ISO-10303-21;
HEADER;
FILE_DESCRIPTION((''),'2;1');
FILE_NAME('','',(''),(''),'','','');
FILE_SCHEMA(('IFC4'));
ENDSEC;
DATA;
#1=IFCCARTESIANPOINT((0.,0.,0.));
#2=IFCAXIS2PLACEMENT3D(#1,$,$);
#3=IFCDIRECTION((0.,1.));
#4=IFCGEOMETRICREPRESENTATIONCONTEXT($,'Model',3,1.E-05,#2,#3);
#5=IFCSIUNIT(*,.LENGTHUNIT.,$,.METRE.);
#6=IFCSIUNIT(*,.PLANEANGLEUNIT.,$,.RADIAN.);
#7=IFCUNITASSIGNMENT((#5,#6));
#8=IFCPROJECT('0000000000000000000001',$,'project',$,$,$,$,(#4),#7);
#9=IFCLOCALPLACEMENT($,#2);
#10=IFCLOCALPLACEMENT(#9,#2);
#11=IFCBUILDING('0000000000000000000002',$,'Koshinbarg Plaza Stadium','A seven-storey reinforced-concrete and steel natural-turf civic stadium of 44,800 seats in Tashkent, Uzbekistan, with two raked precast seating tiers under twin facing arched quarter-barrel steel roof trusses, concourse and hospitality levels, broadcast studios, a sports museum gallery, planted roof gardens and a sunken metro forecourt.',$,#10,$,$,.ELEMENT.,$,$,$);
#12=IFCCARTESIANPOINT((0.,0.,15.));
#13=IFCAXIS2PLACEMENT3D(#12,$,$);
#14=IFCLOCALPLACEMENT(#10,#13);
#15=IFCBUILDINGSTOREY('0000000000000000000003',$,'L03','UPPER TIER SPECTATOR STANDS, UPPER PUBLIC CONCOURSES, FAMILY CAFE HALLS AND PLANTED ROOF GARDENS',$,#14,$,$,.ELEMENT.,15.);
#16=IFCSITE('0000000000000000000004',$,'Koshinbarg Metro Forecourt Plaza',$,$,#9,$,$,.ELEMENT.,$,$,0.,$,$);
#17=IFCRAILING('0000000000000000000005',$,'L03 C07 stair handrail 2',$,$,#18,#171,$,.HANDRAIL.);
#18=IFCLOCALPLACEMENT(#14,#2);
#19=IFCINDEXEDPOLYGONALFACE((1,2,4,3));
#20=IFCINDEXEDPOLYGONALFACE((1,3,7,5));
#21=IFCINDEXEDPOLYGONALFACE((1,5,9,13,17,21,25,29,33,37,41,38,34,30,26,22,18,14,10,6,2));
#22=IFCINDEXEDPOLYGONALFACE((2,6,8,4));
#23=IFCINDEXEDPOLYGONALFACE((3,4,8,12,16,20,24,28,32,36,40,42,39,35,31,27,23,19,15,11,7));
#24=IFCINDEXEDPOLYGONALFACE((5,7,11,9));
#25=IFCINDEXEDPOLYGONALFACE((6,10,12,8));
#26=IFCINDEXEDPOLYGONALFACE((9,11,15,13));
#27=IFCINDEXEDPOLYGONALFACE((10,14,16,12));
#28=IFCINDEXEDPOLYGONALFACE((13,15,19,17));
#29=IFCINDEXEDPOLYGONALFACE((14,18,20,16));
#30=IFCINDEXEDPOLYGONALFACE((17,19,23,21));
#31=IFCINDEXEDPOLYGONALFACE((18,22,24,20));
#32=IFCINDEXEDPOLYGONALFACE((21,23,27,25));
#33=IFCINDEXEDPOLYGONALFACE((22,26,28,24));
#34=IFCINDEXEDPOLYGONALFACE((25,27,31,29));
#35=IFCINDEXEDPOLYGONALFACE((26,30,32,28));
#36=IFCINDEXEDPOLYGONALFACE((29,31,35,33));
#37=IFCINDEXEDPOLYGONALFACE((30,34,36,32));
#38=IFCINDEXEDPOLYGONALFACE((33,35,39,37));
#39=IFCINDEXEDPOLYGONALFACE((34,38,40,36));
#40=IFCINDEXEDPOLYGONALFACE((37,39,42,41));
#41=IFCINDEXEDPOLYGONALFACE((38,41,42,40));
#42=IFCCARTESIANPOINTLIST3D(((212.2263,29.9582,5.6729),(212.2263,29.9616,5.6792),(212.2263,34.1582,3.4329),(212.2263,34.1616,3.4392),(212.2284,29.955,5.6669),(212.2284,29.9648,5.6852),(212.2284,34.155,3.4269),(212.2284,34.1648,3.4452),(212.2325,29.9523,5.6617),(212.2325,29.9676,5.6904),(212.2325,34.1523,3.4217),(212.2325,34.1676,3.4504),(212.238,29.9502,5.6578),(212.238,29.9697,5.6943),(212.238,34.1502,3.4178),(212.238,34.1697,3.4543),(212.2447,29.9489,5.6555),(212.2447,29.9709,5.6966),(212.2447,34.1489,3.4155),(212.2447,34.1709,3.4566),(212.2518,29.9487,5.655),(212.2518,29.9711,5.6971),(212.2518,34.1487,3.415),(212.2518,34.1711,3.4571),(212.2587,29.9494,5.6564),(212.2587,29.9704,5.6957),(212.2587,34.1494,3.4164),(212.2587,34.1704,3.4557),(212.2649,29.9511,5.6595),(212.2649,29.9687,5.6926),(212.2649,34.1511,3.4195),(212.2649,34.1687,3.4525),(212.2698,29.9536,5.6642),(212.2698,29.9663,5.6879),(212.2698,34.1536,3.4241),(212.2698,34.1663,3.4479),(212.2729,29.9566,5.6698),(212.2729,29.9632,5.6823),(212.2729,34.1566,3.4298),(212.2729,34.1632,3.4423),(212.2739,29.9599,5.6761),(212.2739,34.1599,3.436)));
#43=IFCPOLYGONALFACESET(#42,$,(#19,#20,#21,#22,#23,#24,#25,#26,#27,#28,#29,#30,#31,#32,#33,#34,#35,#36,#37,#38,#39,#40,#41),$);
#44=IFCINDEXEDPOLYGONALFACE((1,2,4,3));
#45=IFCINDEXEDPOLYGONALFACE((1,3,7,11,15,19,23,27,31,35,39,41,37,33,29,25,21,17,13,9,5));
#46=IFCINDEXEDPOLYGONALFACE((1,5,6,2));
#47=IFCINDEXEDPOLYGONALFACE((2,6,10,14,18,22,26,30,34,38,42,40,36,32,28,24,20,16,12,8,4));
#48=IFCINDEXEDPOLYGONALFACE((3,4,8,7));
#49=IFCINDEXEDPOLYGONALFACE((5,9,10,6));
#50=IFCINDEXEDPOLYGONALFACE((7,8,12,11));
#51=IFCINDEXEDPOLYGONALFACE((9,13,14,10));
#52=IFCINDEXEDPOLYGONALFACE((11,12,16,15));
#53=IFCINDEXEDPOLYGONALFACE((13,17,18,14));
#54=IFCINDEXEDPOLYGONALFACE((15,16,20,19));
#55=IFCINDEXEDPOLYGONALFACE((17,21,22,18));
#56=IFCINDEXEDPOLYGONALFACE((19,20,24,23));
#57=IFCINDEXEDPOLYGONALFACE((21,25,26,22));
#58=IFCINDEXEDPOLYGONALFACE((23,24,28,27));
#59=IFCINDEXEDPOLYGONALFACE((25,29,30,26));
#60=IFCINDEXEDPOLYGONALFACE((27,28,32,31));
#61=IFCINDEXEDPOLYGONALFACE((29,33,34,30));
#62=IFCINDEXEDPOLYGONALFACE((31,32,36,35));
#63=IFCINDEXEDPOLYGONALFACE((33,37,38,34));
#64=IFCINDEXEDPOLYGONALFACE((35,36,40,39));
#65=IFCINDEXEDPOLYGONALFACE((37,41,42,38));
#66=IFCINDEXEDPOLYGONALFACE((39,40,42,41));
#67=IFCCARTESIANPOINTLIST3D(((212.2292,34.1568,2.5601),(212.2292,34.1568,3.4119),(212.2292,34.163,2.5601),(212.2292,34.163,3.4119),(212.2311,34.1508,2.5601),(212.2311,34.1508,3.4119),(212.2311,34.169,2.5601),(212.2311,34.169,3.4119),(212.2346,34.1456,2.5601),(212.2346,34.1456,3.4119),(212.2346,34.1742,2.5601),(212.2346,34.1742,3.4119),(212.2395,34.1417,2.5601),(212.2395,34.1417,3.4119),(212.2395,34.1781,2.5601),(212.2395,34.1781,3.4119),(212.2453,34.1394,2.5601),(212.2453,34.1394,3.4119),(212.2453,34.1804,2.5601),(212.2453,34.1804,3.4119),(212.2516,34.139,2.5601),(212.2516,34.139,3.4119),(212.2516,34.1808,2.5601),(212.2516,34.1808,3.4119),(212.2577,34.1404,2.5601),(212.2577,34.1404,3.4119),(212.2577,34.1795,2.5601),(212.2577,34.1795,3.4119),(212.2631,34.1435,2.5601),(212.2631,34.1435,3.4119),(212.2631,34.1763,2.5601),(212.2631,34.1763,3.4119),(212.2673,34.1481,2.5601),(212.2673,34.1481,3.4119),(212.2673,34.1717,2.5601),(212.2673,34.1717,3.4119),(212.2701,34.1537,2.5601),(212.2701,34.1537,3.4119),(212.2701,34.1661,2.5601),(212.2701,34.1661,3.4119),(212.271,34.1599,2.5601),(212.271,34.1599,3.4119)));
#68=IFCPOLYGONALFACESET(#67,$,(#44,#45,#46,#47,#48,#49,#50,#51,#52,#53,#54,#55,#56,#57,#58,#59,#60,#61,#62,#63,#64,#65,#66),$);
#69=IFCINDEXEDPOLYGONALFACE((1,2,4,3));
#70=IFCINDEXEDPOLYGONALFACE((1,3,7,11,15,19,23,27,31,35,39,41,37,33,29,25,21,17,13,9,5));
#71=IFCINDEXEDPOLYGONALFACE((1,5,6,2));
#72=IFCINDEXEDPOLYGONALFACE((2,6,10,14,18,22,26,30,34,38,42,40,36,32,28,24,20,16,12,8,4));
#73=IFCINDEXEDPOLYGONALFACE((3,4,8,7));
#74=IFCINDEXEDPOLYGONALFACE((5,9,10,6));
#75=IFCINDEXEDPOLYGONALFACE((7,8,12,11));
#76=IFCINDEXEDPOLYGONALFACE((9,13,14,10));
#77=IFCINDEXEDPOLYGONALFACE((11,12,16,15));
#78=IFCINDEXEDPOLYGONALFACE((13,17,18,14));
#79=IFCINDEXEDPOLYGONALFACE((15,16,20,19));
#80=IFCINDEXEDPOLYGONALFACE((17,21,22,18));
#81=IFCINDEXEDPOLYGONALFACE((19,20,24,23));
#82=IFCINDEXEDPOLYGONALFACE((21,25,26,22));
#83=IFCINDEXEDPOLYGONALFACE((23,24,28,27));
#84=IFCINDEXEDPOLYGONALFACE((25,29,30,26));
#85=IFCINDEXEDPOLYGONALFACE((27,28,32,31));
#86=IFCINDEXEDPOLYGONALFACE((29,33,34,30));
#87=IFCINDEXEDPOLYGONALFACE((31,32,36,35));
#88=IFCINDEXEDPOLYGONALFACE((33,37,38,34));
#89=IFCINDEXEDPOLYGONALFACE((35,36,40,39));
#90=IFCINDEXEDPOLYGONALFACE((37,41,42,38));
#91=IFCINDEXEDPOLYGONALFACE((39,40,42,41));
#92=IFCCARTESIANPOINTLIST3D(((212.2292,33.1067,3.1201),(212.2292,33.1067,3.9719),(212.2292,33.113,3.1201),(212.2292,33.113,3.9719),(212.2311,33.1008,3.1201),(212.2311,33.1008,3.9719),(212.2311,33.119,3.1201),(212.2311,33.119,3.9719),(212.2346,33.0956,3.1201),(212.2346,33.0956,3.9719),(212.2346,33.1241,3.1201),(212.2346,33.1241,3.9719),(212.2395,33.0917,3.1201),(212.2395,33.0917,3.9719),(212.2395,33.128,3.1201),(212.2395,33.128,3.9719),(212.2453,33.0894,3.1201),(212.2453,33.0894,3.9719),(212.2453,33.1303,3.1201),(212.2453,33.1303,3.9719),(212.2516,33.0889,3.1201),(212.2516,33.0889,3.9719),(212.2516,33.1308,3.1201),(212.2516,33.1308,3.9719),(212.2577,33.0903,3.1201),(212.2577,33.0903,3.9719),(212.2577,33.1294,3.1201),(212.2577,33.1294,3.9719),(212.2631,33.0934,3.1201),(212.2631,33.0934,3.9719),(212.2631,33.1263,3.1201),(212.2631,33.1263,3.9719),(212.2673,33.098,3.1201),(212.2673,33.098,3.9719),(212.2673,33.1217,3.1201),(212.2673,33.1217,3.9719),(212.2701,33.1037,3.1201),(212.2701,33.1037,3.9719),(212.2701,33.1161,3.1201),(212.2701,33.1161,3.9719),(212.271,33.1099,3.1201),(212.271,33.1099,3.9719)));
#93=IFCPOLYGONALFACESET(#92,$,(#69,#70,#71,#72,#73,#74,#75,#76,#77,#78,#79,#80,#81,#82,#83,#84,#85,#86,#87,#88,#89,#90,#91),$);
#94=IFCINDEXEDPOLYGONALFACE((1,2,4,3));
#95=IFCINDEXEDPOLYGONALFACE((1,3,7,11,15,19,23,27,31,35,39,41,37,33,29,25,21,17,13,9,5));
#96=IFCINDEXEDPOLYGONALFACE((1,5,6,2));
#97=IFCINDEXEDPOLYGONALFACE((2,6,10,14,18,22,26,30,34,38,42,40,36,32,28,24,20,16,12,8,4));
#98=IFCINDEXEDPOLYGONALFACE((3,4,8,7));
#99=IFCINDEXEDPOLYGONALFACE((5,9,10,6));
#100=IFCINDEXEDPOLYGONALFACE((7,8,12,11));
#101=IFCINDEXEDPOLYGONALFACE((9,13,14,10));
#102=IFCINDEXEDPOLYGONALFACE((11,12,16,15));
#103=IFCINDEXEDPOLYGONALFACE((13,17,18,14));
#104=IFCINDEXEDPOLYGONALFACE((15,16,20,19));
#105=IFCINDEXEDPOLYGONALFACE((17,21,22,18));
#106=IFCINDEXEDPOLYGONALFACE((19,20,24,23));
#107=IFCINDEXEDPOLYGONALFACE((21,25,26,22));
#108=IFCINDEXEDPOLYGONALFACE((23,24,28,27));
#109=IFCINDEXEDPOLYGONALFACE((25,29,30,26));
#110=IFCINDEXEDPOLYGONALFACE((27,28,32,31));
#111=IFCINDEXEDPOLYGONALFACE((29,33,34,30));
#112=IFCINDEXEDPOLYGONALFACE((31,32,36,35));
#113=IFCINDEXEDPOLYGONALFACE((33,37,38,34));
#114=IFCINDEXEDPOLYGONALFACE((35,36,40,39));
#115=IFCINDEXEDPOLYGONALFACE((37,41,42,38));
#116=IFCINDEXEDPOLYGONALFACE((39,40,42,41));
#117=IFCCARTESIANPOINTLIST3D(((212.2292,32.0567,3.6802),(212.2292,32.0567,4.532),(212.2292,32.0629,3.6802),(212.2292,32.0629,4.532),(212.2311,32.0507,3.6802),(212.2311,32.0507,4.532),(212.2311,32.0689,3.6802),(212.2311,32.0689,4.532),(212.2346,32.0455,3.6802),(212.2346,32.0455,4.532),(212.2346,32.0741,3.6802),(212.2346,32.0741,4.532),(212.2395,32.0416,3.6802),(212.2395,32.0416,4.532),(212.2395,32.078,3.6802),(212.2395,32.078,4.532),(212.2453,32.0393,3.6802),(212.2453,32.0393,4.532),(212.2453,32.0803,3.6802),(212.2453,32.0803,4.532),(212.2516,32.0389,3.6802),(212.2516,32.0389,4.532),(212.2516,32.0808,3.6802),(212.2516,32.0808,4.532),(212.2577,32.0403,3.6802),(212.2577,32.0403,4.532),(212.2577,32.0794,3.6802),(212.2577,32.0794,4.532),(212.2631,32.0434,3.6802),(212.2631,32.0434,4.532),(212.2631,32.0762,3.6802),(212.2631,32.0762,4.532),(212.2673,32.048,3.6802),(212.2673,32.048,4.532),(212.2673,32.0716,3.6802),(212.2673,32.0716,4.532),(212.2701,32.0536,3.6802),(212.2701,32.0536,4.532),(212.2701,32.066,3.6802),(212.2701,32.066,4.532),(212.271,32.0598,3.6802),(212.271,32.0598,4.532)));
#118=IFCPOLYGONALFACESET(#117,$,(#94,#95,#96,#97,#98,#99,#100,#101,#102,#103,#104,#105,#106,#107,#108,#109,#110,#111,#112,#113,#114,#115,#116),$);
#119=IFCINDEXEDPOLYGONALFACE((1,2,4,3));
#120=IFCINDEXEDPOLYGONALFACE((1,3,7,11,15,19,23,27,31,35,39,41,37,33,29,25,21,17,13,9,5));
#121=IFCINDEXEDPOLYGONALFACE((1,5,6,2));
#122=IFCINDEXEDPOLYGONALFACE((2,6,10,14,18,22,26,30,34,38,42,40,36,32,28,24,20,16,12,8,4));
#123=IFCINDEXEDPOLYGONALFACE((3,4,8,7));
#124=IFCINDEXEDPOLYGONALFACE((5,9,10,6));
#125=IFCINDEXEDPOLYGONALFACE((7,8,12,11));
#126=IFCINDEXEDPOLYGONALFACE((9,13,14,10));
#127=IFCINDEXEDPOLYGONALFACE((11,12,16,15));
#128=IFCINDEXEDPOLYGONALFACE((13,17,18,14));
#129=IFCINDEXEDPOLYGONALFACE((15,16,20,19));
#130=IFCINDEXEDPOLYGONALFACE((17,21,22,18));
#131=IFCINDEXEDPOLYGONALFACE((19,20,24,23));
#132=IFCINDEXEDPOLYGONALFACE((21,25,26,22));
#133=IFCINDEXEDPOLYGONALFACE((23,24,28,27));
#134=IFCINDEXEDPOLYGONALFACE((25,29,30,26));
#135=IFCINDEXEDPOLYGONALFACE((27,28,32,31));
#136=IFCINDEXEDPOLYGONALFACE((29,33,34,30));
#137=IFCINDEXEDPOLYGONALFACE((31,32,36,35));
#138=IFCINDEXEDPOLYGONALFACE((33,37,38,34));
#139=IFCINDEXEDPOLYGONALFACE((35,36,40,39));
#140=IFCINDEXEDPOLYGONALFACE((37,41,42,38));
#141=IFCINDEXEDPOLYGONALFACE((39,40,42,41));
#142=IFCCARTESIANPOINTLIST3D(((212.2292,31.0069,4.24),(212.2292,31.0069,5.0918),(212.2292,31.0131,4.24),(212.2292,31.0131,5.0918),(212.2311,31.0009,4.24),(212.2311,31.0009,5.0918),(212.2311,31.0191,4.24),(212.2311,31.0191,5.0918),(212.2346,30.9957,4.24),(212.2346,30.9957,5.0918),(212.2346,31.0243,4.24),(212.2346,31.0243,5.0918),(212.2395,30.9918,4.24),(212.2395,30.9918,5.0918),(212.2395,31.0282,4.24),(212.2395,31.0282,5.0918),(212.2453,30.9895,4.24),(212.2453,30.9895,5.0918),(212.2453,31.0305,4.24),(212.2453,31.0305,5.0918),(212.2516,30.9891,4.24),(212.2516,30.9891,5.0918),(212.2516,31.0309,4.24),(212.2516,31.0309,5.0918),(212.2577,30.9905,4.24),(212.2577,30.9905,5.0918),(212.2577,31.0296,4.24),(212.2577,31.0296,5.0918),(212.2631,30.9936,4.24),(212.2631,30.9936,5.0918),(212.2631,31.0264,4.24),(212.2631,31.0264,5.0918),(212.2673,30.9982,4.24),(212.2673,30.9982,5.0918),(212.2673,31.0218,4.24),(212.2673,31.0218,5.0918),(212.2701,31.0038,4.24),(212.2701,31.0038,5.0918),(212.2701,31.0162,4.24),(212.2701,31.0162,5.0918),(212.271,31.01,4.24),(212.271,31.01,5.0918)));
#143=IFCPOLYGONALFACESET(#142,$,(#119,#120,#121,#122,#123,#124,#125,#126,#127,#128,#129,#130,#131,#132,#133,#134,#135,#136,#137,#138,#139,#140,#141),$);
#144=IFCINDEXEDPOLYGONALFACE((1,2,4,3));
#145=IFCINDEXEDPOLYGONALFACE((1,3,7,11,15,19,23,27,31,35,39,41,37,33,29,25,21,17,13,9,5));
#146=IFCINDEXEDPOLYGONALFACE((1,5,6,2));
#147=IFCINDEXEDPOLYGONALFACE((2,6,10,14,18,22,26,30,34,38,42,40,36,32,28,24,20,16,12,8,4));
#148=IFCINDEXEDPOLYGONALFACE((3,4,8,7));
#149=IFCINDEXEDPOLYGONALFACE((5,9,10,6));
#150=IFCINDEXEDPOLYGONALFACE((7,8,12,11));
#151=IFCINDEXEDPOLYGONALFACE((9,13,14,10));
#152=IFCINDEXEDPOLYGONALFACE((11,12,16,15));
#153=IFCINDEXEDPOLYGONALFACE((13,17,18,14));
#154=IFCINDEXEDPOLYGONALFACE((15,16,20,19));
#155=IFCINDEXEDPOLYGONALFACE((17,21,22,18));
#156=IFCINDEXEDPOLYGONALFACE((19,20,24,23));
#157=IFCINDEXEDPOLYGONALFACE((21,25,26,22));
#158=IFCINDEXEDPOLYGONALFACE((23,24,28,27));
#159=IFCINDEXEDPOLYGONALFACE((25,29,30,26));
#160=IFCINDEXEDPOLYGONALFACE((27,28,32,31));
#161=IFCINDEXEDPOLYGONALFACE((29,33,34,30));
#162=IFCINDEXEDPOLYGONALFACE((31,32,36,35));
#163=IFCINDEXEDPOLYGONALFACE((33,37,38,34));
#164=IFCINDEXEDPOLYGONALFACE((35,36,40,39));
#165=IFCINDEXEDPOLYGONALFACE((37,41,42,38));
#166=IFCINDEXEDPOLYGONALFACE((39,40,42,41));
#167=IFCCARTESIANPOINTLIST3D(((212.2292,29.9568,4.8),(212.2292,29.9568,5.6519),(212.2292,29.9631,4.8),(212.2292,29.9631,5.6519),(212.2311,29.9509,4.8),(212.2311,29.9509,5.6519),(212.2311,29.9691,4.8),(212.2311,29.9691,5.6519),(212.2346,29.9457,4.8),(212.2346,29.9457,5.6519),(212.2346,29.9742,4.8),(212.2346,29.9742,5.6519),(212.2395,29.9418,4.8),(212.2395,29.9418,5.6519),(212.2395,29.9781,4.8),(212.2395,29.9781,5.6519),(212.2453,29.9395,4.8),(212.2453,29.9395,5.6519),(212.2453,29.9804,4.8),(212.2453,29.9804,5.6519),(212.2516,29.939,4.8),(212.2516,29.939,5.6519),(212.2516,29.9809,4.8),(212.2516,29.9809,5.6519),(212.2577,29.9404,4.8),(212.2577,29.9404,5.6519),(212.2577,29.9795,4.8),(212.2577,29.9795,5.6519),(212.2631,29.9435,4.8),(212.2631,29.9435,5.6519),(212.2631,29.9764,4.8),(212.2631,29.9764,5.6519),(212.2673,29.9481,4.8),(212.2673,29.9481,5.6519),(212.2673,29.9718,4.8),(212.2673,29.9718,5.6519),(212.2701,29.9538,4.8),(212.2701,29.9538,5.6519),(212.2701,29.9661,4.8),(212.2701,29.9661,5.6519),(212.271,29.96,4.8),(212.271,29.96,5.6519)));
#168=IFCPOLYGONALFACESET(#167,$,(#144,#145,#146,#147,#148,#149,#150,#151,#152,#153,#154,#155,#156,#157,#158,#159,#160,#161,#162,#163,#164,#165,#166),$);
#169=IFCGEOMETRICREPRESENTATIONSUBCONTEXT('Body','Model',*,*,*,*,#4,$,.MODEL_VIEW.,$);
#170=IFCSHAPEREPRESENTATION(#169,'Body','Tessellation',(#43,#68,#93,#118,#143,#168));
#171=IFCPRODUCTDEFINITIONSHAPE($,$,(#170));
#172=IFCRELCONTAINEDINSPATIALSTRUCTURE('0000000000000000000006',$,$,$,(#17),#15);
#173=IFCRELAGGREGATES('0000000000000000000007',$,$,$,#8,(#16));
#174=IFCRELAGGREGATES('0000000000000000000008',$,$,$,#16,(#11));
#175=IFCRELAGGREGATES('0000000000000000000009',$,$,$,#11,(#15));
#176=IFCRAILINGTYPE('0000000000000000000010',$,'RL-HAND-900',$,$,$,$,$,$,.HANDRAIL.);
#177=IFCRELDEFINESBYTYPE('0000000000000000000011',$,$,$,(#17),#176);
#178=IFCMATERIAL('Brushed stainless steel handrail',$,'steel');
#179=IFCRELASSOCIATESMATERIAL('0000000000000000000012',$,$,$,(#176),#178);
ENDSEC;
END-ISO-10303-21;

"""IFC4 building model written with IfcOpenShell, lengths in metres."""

from ifc_helpers import new_model, si_unit, direction, frame, origin, origin_2d, place, context, subcontext, project, spatial, circle, extrude, material, type_object, element, save


model = new_model("IFC4")

# Units and contexts
model_context = context("Model", 3, precision=1e-05, world=origin(), true_north=direction((0.0, 1.0)))
body_context = subcontext(model_context, "Body", "Model", "MODEL_VIEW")
ifc_project = project(units=[si_unit("LENGTHUNIT", "METRE"), si_unit("PLANEANGLEUNIT", "RADIAN")], contexts=[model_context])

# Site, building, storey
site_placement = place(None, origin())
site = spatial("IfcSite", under=ifc_project, at=site_placement, Name="Koshinbarg Metro Forecourt Plaza", CompositionType="ELEMENT", RefElevation=0.0)
building_placement = place(site_placement, origin())
building = spatial("IfcBuilding", under=site, at=building_placement, Name="Koshinbarg Plaza Stadium", Description="A seven-storey reinforced-concrete and steel natural-turf civic stadium of 44,800 seats in Tashkent, Uzbekistan, with two raked precast seating tiers under twin facing arched quarter-barrel steel roof trusses, concourse and hospitality levels, broadcast studios, a sports museum gallery, planted roof gardens and a sunken metro forecourt.", CompositionType="ELEMENT")
storey_placement = place(building_placement, frame((0.0, 0.0, 15.0)))
storey = spatial("IfcBuildingStorey", under=building, at=storey_placement, Name="L03", Description="UPPER TIER SPECTATOR STANDS, UPPER PUBLIC CONCOURSES, FAMILY CAFE HALLS AND PLANTED ROOF GARDENS", CompositionType="ELEMENT", Elevation=15.0)

# Railing
ifc_material_1 = material(Name="Brushed stainless steel handrail", Category="steel")
railing_type_1 = type_object("IfcRailingType", Name="RL-HAND-900", PredefinedType="HANDRAIL", material=ifc_material_1)
railing_1_placement = place(storey_placement, frame((212.25, 34.1599, 2.5601)))
element("IfcRailing", 1, at=railing_1_placement, inside=storey, type_object=railing_type_1, Name="L03 C07 stair handrail 2", PredefinedType="HANDRAIL", context=body_context, shape_type="SweptSolid", body=[
    extrude(circle(Radius=0.0239, at=origin_2d()), frame((0.0, 0.0, 0.876), z_axis=(0.0, -0.882352, 0.470591), x_axis=(1.0, 0.0, 0.0)), (0.0, 0.0, 1.0), 4.76),
    extrude(circle(Radius=0.021, at=origin_2d()), origin(), (0.0, 0.0, 1.0), 0.8518),
    extrude(circle(Radius=0.021, at=origin_2d()), frame((0.0, -1.05, 0.5601)), (0.0, 0.0, 1.0), 0.8518),
    extrude(circle(Radius=0.021, at=origin_2d()), frame((0.0, -2.1001, 1.1201)), (0.0, 0.0, 1.0), 0.8518),
    extrude(circle(Radius=0.021, at=origin_2d()), frame((0.0, -3.1499, 1.6799)), (0.0, 0.0, 1.0), 0.8518),
    extrude(circle(Radius=0.021, at=origin_2d()), frame((0.0, -4.2, 2.24)), (0.0, 0.0, 1.0), 0.8518),
])

save(model, "model.ifc")
